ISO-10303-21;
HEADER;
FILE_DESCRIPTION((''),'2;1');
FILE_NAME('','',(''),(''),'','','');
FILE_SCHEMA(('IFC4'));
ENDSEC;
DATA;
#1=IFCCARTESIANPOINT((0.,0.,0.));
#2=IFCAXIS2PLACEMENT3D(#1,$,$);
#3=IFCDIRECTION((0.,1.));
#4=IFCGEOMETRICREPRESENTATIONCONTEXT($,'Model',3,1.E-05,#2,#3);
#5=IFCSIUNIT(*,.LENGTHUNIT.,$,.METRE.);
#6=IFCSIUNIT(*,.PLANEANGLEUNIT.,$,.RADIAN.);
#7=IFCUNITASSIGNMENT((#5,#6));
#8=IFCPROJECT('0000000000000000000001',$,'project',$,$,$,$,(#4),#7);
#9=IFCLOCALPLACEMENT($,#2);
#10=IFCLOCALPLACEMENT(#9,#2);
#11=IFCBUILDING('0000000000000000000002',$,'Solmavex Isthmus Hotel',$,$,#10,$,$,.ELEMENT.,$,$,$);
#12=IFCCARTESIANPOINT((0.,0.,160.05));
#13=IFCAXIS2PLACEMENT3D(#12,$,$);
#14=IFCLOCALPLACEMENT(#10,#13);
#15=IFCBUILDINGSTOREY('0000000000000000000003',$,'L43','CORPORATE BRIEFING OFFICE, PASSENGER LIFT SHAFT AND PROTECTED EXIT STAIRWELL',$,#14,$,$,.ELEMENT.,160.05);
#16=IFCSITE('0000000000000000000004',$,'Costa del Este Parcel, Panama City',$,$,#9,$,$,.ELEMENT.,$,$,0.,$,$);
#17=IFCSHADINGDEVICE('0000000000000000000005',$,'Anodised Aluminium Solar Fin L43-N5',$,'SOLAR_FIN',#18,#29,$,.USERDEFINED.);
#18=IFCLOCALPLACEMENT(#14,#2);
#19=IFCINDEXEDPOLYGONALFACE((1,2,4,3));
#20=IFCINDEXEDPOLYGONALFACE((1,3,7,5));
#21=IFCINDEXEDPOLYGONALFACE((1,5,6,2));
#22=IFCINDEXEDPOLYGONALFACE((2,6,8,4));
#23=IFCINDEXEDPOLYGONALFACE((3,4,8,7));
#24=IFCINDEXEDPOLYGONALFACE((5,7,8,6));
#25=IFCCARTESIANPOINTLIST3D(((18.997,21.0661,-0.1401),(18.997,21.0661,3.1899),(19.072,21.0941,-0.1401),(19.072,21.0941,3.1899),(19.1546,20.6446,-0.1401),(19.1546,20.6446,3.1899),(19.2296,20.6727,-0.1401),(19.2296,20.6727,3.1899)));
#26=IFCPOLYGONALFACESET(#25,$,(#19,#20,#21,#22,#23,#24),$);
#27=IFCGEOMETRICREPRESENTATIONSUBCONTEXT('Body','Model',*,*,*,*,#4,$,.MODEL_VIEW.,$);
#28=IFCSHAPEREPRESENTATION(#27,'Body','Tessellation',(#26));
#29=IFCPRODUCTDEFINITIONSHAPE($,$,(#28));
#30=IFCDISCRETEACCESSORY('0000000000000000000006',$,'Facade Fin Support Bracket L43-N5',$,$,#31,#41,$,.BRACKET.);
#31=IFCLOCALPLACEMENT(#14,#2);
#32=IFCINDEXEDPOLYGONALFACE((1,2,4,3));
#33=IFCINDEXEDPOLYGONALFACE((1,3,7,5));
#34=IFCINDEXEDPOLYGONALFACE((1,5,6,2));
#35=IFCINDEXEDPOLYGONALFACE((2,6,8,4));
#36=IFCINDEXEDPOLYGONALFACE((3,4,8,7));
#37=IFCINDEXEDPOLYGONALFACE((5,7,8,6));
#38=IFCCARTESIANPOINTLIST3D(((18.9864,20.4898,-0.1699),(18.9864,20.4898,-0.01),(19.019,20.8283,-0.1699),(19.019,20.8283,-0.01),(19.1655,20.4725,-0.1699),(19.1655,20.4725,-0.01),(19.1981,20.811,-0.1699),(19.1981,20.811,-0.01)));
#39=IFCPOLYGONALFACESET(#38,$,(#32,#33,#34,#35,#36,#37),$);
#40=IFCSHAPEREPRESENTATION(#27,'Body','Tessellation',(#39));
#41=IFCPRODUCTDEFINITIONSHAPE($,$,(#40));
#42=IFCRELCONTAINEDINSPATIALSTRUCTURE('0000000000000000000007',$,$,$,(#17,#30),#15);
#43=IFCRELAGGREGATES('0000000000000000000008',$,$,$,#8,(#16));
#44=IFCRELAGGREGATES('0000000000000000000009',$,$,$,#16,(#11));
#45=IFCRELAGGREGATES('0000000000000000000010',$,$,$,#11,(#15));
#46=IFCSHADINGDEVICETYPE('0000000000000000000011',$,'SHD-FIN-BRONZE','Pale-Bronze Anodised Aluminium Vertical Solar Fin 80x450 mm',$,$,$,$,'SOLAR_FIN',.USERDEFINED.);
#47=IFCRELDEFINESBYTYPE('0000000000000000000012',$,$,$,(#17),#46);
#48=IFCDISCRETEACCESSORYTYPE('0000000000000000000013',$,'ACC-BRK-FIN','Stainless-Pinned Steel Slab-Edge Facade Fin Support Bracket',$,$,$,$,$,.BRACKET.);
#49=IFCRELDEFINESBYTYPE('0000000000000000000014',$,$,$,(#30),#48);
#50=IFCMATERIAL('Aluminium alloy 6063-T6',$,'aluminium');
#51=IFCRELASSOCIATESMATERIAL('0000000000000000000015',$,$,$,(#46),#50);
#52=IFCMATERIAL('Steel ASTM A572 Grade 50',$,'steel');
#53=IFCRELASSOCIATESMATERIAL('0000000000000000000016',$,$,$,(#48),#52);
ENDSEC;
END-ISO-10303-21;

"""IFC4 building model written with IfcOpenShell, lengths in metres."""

from ifc_helpers import new_model, si_unit, direction, frame, origin, origin_2d, place, context, subcontext, project, spatial, rectangle, extrude, material, type_object, element, save


model = new_model("IFC4")

# Units and contexts
model_context = context("Model", 3, precision=1e-05, world=origin(), true_north=direction((0.0, 1.0)))
body_context = subcontext(model_context, "Body", "Model", "MODEL_VIEW")
ifc_project = project(units=[si_unit("LENGTHUNIT", "METRE"), si_unit("PLANEANGLEUNIT", "RADIAN")], contexts=[model_context])

# Site, building, storey
site_placement = place(None, origin())
site = spatial("IfcSite", under=ifc_project, at=site_placement, Name="Costa del Este Parcel, Panama City", CompositionType="ELEMENT", RefElevation=0.0)
building_placement = place(site_placement, origin())
building = spatial("IfcBuilding", under=site, at=building_placement, Name="Solmavex Isthmus Hotel", CompositionType="ELEMENT")
storey_placement = place(building_placement, frame((0.0, 0.0, 160.05)))
storey = spatial("IfcBuildingStorey", under=building, at=storey_placement, Name="L43", Description="CORPORATE BRIEFING OFFICE, PASSENGER LIFT SHAFT AND PROTECTED EXIT STAIRWELL", CompositionType="ELEMENT", Elevation=160.05)

# Shared definitions
ifc_material_1 = material(Name="Aluminium alloy 6063-T6", Category="aluminium")

# Shading device
shading_device_type = type_object("IfcShadingDeviceType", Name="SHD-FIN-BRONZE", Description="Pale-Bronze Anodised Aluminium Vertical Solar Fin 80x450 mm", ElementType="SOLAR_FIN", PredefinedType="USERDEFINED", material=ifc_material_1)
shading_device_placement = place(storey_placement, frame((19.1133, 20.8694, -0.1401), z_axis=(0.0, 0.0, 1.0), x_axis=(-0.350207, 0.936672, 0.0)))
element("IfcShadingDevice", 1, at=shading_device_placement, inside=storey, type_object=shading_device_type, Name="Anodised Aluminium Solar Fin L43-N5", ObjectType="SOLAR_FIN", PredefinedType="USERDEFINED", context=body_context, shape_type="SweptSolid", body=[
    extrude(rectangle(XDim=0.45, YDim=0.0801, at=origin_2d()), origin(), (0.0, 0.0, 1.0), 3.3301),
])

# Discrete accessory
ifc_material_2 = material(Name="Steel ASTM A572 Grade 50", Category="steel")
discrete_accessory_type = type_object("IfcDiscreteAccessoryType", Name="ACC-BRK-FIN", Description="Stainless-Pinned Steel Slab-Edge Facade Fin Support Bracket", PredefinedType="BRACKET", material=ifc_material_2)
discrete_accessory_placement = place(storey_placement, frame((19.0923, 20.6504, -0.1699), z_axis=(0.0, 0.0, 1.0), x_axis=(0.095846, 0.995396, 0.0)))
element("IfcDiscreteAccessory", 2, at=discrete_accessory_placement, inside=storey, type_object=discrete_accessory_type, Name="Facade Fin Support Bracket L43-N5", PredefinedType="BRACKET", context=body_context, shape_type="SweptSolid", body=[
    extrude(rectangle(XDim=0.3401, YDim=0.1799, at=origin_2d()), origin(), (0.0, 0.0, 1.0), 0.1599),
])

save(model, "model.ifc")
